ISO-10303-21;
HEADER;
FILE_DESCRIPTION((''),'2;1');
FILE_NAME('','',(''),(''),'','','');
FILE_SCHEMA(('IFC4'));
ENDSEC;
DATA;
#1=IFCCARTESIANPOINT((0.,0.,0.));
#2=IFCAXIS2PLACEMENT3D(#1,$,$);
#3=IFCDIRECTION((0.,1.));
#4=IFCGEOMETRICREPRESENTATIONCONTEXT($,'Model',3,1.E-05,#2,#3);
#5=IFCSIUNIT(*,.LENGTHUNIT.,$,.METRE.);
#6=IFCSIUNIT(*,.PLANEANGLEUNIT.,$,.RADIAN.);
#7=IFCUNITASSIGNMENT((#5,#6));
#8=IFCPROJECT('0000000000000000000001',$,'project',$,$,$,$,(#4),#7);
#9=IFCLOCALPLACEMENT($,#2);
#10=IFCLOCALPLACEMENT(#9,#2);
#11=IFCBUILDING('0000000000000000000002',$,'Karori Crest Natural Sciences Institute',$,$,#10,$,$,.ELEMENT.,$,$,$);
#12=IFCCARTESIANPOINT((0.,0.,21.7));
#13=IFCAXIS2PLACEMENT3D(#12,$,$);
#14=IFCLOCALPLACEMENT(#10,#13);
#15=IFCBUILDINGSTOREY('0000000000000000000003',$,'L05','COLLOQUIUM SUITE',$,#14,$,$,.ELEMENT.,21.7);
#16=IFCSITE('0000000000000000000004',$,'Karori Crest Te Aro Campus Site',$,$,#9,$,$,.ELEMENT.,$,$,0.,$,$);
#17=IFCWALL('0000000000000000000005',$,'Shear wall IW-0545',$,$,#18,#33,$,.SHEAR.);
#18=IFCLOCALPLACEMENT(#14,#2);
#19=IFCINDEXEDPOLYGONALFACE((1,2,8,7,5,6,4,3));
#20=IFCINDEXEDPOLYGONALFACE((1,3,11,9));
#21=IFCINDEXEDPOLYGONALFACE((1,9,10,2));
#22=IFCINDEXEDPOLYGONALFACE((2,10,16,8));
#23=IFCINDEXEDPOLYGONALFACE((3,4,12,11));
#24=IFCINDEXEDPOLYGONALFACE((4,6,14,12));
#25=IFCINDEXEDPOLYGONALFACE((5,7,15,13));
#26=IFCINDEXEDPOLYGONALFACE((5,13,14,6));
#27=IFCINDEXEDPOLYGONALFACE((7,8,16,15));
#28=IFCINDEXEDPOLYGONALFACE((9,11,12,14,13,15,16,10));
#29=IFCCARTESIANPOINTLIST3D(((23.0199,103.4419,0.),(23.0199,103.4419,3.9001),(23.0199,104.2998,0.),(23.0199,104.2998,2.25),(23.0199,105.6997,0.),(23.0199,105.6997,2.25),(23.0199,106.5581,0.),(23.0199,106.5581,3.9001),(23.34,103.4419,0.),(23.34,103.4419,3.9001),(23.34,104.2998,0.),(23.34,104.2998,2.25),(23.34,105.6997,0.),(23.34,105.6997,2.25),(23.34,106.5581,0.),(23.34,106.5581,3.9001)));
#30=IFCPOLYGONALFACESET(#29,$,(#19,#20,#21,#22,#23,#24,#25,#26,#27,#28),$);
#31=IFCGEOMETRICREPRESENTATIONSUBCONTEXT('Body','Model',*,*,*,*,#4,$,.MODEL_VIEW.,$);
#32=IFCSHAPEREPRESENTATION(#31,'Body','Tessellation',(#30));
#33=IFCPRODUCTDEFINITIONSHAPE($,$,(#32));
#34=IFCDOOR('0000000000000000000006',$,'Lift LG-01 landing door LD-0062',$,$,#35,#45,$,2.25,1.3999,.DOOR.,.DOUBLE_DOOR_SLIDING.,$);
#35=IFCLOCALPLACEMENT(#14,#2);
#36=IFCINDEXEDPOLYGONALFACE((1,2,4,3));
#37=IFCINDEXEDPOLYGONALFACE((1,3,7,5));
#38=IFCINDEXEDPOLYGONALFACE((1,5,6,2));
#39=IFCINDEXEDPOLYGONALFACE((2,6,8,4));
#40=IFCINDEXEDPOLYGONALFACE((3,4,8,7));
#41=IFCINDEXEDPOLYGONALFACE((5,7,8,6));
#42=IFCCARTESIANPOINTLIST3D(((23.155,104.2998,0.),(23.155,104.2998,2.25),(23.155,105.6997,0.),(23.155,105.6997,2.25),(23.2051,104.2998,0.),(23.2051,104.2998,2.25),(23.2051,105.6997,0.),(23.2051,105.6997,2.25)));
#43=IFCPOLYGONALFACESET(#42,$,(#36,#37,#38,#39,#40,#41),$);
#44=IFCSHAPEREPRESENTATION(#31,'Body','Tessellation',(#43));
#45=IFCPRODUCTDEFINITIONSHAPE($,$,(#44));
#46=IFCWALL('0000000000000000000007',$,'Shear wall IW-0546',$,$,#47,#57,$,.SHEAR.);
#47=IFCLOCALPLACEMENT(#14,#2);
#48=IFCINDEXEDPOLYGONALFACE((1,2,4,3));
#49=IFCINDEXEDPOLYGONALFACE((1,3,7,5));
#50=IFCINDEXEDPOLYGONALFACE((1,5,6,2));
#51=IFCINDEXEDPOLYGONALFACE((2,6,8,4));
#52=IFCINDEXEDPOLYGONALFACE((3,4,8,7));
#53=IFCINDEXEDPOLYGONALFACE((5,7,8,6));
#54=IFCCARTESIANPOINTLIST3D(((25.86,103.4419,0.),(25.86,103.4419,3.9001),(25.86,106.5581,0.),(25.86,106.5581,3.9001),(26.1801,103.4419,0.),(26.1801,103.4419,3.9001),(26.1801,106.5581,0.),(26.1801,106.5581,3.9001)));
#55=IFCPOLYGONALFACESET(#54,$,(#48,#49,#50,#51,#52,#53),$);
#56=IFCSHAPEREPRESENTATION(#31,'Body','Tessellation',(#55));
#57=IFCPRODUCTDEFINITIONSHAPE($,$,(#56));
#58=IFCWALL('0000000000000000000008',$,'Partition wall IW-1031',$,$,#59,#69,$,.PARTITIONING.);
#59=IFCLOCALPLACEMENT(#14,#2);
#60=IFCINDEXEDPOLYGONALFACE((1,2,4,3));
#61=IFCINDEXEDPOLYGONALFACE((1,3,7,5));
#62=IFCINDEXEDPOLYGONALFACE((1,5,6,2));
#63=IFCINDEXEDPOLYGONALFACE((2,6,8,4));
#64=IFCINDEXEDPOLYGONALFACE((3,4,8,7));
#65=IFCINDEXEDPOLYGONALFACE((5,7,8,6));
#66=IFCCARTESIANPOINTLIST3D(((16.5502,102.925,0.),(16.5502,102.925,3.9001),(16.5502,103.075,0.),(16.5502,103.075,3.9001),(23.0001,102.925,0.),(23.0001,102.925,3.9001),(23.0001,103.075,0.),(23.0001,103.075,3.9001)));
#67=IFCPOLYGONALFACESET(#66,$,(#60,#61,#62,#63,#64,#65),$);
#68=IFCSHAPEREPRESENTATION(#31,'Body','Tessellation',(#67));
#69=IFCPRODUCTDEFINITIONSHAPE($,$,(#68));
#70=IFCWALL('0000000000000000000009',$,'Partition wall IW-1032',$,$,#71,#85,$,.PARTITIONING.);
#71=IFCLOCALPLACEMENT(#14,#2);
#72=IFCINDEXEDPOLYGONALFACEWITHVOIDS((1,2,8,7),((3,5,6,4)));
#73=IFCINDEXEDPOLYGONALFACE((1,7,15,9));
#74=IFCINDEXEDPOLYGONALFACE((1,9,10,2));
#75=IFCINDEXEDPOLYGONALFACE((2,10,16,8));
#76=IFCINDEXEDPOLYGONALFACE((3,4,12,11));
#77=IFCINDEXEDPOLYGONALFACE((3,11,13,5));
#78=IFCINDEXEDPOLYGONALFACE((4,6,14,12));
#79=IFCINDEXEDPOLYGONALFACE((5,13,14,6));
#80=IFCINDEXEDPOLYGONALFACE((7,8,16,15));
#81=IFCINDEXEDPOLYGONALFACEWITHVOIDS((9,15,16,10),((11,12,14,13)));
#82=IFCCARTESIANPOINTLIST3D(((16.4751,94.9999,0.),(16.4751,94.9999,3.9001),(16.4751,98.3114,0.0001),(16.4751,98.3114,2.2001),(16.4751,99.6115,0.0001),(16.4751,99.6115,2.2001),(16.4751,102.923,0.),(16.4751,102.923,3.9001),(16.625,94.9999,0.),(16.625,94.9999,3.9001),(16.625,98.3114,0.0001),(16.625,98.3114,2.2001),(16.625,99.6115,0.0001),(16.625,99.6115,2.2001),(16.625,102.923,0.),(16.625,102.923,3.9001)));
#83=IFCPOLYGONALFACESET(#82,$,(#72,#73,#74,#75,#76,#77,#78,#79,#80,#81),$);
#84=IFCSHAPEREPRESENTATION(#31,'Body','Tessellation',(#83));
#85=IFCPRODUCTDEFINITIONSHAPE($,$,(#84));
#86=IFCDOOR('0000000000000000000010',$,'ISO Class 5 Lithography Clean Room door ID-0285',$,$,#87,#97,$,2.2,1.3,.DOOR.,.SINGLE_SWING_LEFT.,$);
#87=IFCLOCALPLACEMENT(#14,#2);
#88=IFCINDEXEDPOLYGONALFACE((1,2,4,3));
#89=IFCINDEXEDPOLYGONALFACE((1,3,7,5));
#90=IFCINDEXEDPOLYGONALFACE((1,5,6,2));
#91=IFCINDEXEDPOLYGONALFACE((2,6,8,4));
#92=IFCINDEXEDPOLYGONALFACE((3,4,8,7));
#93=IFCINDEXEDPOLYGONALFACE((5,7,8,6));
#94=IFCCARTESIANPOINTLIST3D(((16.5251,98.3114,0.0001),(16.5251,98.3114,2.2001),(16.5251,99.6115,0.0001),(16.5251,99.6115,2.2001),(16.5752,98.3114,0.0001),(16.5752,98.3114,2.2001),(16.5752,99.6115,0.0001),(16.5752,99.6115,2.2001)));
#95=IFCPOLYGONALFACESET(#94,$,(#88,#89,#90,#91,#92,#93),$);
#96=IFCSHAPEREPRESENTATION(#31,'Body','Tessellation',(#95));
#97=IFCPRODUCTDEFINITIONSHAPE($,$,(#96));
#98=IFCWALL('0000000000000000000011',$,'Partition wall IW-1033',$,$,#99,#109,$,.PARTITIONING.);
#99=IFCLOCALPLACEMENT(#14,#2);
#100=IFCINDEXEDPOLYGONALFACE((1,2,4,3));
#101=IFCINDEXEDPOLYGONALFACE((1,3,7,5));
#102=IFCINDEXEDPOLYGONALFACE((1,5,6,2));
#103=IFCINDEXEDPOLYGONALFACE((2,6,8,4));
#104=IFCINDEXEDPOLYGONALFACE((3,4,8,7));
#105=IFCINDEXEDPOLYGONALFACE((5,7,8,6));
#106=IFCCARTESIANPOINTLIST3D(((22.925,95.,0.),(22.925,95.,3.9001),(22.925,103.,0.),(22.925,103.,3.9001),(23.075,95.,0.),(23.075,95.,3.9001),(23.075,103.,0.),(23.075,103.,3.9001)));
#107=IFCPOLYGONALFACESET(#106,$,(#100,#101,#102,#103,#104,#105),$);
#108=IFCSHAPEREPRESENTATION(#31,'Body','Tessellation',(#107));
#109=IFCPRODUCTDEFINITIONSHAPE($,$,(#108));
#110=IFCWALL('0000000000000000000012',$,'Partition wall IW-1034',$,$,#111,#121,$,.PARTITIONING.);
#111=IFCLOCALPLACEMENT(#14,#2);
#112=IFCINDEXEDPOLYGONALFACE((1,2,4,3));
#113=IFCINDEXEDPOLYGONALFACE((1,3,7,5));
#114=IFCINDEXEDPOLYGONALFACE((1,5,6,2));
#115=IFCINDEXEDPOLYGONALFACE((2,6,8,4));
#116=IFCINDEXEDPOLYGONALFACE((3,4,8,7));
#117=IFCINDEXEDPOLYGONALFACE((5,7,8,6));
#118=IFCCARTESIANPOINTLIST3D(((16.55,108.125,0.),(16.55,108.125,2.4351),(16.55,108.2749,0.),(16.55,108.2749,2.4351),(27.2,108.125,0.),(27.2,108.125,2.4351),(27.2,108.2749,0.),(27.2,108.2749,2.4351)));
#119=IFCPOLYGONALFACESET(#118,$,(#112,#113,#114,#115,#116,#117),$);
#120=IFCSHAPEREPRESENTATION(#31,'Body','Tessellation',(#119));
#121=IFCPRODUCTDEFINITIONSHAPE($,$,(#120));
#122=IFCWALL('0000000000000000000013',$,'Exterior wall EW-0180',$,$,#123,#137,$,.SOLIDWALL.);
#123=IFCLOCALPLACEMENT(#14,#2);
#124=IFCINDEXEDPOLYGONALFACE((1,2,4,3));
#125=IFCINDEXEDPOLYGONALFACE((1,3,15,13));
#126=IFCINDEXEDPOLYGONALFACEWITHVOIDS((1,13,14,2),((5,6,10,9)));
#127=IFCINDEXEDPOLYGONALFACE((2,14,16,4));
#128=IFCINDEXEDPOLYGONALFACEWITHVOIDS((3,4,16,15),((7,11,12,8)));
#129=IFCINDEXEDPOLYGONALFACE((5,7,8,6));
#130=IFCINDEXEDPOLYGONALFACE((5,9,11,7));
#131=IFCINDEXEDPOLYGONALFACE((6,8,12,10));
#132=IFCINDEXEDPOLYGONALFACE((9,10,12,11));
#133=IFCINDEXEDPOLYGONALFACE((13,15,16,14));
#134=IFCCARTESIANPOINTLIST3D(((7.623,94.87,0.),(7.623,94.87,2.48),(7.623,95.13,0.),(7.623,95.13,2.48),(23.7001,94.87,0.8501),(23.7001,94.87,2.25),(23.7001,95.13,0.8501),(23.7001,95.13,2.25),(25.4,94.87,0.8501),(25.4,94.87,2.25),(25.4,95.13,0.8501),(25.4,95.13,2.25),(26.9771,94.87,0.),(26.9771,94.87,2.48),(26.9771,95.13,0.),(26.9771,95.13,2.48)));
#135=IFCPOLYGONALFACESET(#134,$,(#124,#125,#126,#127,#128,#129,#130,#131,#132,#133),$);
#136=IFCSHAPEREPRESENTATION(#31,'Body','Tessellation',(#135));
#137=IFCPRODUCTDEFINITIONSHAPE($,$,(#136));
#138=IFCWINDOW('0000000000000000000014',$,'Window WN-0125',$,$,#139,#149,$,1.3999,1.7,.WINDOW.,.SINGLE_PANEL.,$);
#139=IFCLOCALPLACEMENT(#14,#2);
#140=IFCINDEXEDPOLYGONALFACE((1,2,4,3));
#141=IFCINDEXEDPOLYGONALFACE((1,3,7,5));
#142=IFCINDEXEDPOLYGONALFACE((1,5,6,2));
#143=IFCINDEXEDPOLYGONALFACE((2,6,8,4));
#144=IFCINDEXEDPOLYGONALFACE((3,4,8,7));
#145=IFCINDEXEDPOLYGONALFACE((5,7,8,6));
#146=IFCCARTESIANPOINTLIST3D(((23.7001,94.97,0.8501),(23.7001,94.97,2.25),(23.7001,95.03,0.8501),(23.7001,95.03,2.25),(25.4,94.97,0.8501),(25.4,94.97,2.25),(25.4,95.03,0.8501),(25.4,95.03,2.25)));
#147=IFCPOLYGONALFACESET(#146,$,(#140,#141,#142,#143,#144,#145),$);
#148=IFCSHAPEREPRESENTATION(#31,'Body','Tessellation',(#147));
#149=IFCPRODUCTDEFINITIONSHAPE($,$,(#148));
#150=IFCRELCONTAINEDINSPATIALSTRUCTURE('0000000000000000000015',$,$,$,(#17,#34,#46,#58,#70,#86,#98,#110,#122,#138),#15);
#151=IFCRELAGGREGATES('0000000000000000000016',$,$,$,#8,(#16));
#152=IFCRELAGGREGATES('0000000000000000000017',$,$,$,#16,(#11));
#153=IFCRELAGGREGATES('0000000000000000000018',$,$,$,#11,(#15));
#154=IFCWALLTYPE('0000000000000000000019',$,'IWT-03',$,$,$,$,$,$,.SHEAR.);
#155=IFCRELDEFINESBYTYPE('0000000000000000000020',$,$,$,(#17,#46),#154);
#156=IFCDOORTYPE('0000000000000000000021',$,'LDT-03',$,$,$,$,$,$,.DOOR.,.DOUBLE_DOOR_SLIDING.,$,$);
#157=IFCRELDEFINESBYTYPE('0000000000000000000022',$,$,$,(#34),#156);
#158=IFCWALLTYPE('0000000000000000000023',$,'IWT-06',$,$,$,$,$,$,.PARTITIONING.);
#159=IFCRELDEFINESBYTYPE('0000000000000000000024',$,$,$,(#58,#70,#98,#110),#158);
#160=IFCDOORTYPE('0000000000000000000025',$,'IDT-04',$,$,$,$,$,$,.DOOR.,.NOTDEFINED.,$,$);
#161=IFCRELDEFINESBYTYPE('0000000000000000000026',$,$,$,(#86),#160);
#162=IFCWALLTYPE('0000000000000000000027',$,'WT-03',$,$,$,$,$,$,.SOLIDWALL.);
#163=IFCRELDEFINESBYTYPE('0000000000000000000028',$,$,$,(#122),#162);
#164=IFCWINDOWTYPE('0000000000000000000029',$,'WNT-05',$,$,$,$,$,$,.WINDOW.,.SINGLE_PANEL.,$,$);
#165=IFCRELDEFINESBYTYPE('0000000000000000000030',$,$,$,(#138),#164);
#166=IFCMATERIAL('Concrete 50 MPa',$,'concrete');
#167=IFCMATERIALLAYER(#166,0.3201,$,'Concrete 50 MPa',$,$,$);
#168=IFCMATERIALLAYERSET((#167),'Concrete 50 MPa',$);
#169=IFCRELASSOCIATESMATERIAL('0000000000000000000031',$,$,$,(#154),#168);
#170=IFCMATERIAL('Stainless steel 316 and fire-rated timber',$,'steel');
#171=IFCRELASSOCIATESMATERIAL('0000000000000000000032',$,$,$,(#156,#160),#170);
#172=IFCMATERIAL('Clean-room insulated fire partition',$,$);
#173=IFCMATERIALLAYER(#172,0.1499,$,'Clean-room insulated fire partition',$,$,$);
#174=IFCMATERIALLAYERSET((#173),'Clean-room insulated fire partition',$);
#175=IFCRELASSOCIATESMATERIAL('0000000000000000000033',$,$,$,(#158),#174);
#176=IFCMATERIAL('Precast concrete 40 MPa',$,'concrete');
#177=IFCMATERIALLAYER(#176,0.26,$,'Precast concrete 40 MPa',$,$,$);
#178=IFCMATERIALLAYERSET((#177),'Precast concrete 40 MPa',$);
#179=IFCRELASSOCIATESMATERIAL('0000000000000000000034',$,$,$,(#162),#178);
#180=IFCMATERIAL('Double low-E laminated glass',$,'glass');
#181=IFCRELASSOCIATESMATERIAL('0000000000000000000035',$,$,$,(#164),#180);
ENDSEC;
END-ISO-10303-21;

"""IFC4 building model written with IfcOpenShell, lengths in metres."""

from ifc_helpers import new_model, si_unit, direction, frame, frame_2d, origin, place, context, subcontext, project, spatial, rectangle, extrude, material, layer, layer_set, type_object, element, fill, save


model = new_model("IFC4")

# Units and contexts
model_context = context("Model", 3, precision=1e-05, world=origin(), true_north=direction((0.0, 1.0)))
body_context = subcontext(model_context, "Body", "Model", "MODEL_VIEW")
ifc_project = project(units=[si_unit("LENGTHUNIT", "METRE"), si_unit("PLANEANGLEUNIT", "RADIAN")], contexts=[model_context])

# Site, building, storey
site_placement = place(None, origin())
site = spatial("IfcSite", under=ifc_project, at=site_placement, Name="Karori Crest Te Aro Campus Site", CompositionType="ELEMENT", RefElevation=0.0)
building_placement = place(site_placement, origin())
building = spatial("IfcBuilding", under=site, at=building_placement, Name="Karori Crest Natural Sciences Institute", CompositionType="ELEMENT")
storey_placement = place(building_placement, frame((0.0, 0.0, 21.7)))
storey = spatial("IfcBuildingStorey", under=building, at=storey_placement, Name="L05", Description="COLLOQUIUM SUITE", CompositionType="ELEMENT", Elevation=21.7)

# Shared definitions
ifc_material_1 = material(Name="Concrete 50 MPa", Category="concrete")

# Shared definitions
ifc_layer_1 = layer(ifc_material_1, 0.3201, Name="Concrete 50 MPa")
ifc_layer_set_1 = layer_set([ifc_layer_1], Name="Concrete 50 MPa")
wall_type_1 = type_object("IfcWallType", Name="IWT-03", PredefinedType="SHEAR", material=ifc_layer_set_1)

# Wall, opening, door
wall_1_placement = place(storey_placement, frame((23.1799, 103.4419, 0.0), z_axis=(0.0, 0.0, 1.0), x_axis=(0.0, 1.0, 0.0)))
wall_1 = element("IfcWall", 1, at=wall_1_placement, inside=storey, type_object=wall_type_1, Name="Shear wall IW-0545", PredefinedType="SHEAR", context=body_context, shape_type="SweptSolid", body=[
    extrude(rectangle(XDim=3.1162, YDim=0.3201, at=frame_2d((1.5581, 0.0))), origin(), (0.0, 0.0, 1.0), 3.9001),
])
opening_1_placement = place(wall_1_placement, frame((0.8579, 0.0, 0.0)))
opening_1 = element("IfcOpeningElement", 2, at=opening_1_placement, cuts=wall_1, PredefinedType="OPENING", context=body_context, shape_type="SweptSolid", body=[
    extrude(rectangle(XDim=1.3999, YDim=2.25, at=frame_2d((0.7, 1.125))), frame((0.0, 0.1699, 0.0), z_axis=(0.0, -1.0, 0.0), x_axis=(1.0, 0.0, 0.0)), (0.0, 0.0, 1.0), 0.3401),
])
ifc_material_2 = material(Name="Stainless steel 316 and fire-rated timber", Category="steel")
door_type_1 = type_object("IfcDoorType", Name="LDT-03", OperationType="DOUBLE_DOOR_SLIDING", PredefinedType="DOOR", material=ifc_material_2)
door_1_placement = place(opening_1_placement, origin())
door_1 = element("IfcDoor", 3, at=door_1_placement, inside=storey, type_object=door_type_1, Name="Lift LG-01 landing door LD-0062", OperationType="DOUBLE_DOOR_SLIDING", OverallHeight=2.25, OverallWidth=1.3999, PredefinedType="DOOR", context=body_context, shape_type="SweptSolid", body=[
    extrude(rectangle(XDim=1.3999, YDim=2.25, at=frame_2d((0.7, 1.125))), frame((0.0, 0.0249, 0.0), z_axis=(0.0, -1.0, 0.0), x_axis=(1.0, 0.0, 0.0)), (0.0, 0.0, 1.0), 0.05),
])
fill(opening_1, door_1)

# Walls
wall_2_placement = place(storey_placement, frame((26.02, 103.4419, 0.0), z_axis=(0.0, 0.0, 1.0), x_axis=(0.0, 1.0, 0.0)))
element("IfcWall", 4, at=wall_2_placement, inside=storey, type_object=wall_type_1, Name="Shear wall IW-0546", PredefinedType="SHEAR", context=body_context, shape_type="SweptSolid", body=[
    extrude(rectangle(XDim=3.1162, YDim=0.3201, at=frame_2d((1.5581, 0.0))), origin(), (0.0, 0.0, 1.0), 3.9001),
])
ifc_material_3 = material(Name="Clean-room insulated fire partition")
ifc_layer_2 = layer(ifc_material_3, 0.1499, Name="Clean-room insulated fire partition")
ifc_layer_set_2 = layer_set([ifc_layer_2], Name="Clean-room insulated fire partition")
wall_type_2 = type_object("IfcWallType", Name="IWT-06", PredefinedType="PARTITIONING", material=ifc_layer_set_2)
wall_3_placement = place(storey_placement, frame((16.55, 103.0, 0.0), z_axis=(0.0, 0.0, 1.0), x_axis=(1.0, 0.0, 0.0)))
element("IfcWall", 5, at=wall_3_placement, inside=storey, type_object=wall_type_2, Name="Partition wall IW-1031", PredefinedType="PARTITIONING", context=body_context, shape_type="SweptSolid", body=[
    extrude(rectangle(XDim=6.45, YDim=0.1499, at=frame_2d((3.2251, 0.0))), origin(), (0.0, 0.0, 1.0), 3.9001),
])

# Wall, opening, door
wall_4_placement = place(storey_placement, frame((16.55, 95.0, 0.0), z_axis=(0.0, 0.0, 1.0), x_axis=(0.0, 1.0, 0.0)))
wall_4 = element("IfcWall", 6, at=wall_4_placement, inside=storey, type_object=wall_type_2, Name="Partition wall IW-1032", PredefinedType="PARTITIONING", context=body_context, shape_type="SweptSolid", body=[
    extrude(rectangle(XDim=7.9231, YDim=0.1499, at=frame_2d((3.9614, 0.0))), origin(), (0.0, 0.0, 1.0), 3.9001),
])
opening_2_placement = place(wall_4_placement, frame((3.3115, 0.0, 0.0)))
opening_2 = element("IfcOpeningElement", 7, at=opening_2_placement, cuts=wall_4, PredefinedType="OPENING", context=body_context, shape_type="SweptSolid", body=[
    extrude(rectangle(XDim=1.3, YDim=2.2, at=frame_2d((0.6499, 1.1001))), frame((0.0, 0.085, 0.0), z_axis=(0.0, -1.0, 0.0), x_axis=(1.0, 0.0, 0.0)), (0.0, 0.0, 1.0), 0.1699),
])
door_type_2 = type_object("IfcDoorType", Name="IDT-04", OperationType="NOTDEFINED", PredefinedType="DOOR", material=ifc_material_2)
door_2_placement = place(opening_2_placement, origin())
door_2 = element("IfcDoor", 8, at=door_2_placement, inside=storey, type_object=door_type_2, Name="ISO Class 5 Lithography Clean Room door ID-0285", OperationType="SINGLE_SWING_LEFT", OverallHeight=2.2, OverallWidth=1.3, PredefinedType="DOOR", context=body_context, shape_type="SweptSolid", body=[
    extrude(rectangle(XDim=1.3, YDim=2.2, at=frame_2d((0.6499, 1.1001))), frame((0.0, 0.0249, 0.0), z_axis=(0.0, -1.0, 0.0), x_axis=(1.0, 0.0, 0.0)), (0.0, 0.0, 1.0), 0.05),
])
fill(opening_2, door_2)

# Walls
wall_5_placement = place(storey_placement, frame((23.0, 95.0, 0.0), z_axis=(0.0, 0.0, 1.0), x_axis=(0.0, 1.0, 0.0)))
element("IfcWall", 9, at=wall_5_placement, inside=storey, type_object=wall_type_2, Name="Partition wall IW-1033", PredefinedType="PARTITIONING", context=body_context, shape_type="SweptSolid", body=[
    extrude(rectangle(XDim=8.0, YDim=0.1499, at=frame_2d((4.0, 0.0))), origin(), (0.0, 0.0, 1.0), 3.9001),
])
wall_6_placement = place(storey_placement, frame((16.55, 108.2, 0.0), z_axis=(0.0, 0.0, 1.0), x_axis=(1.0, 0.0, 0.0)))
element("IfcWall", 10, at=wall_6_placement, inside=storey, type_object=wall_type_2, Name="Partition wall IW-1034", PredefinedType="PARTITIONING", context=body_context, shape_type="SweptSolid", body=[
    extrude(rectangle(XDim=10.6499, YDim=0.1499, at=frame_2d((5.325, 0.0))), origin(), (0.0, 0.0, 1.0), 2.4351),
])

# Wall, opening, window
ifc_material_4 = material(Name="Precast concrete 40 MPa", Category="concrete")
ifc_layer_3 = layer(ifc_material_4, 0.26, Name="Precast concrete 40 MPa")
ifc_layer_set_3 = layer_set([ifc_layer_3], Name="Precast concrete 40 MPa")
wall_type_3 = type_object("IfcWallType", Name="WT-03", PredefinedType="SOLIDWALL", material=ifc_layer_set_3)
wall_7_placement = place(storey_placement, frame((26.9771, 95.0, 0.0), z_axis=(0.0, 0.0, 1.0), x_axis=(-1.0, 0.0, 0.0)))
wall_7 = element("IfcWall", 11, at=wall_7_placement, inside=storey, type_object=wall_type_3, Name="Exterior wall EW-0180", PredefinedType="SOLIDWALL", context=body_context, shape_type="SweptSolid", body=[
    extrude(rectangle(XDim=19.354, YDim=0.26, at=frame_2d((9.677, 0.0))), origin(), (0.0, 0.0, 1.0), 2.48),
])
opening_3_placement = place(wall_7_placement, frame((1.5769, 0.0, 0.8501)))
opening_3 = element("IfcOpeningElement", 12, at=opening_3_placement, cuts=wall_7, PredefinedType="OPENING", context=body_context, shape_type="SweptSolid", body=[
    extrude(rectangle(XDim=1.7, YDim=1.3999, at=frame_2d((0.8501, 0.7))), frame((0.0, 0.1401, 0.0), z_axis=(0.0, -1.0, 0.0), x_axis=(1.0, 0.0, 0.0)), (0.0, 0.0, 1.0), 0.28),
])
ifc_material_5 = material(Name="Double low-E laminated glass", Category="glass")
window_type = type_object("IfcWindowType", Name="WNT-05", PartitioningType="SINGLE_PANEL", PredefinedType="WINDOW", material=ifc_material_5)
window_placement = place(opening_3_placement, origin())
window = element("IfcWindow", 13, at=window_placement, inside=storey, type_object=window_type, Name="Window WN-0125", OverallHeight=1.3999, OverallWidth=1.7, PartitioningType="SINGLE_PANEL", PredefinedType="WINDOW", context=body_context, shape_type="SweptSolid", body=[
    extrude(rectangle(XDim=1.7, YDim=1.3999, at=frame_2d((0.8501, 0.7))), frame((0.0, 0.03, 0.0), z_axis=(0.0, -1.0, 0.0), x_axis=(1.0, 0.0, 0.0)), (0.0, 0.0, 1.0), 0.0601),
])
fill(opening_3, window)

save(model, "model.ifc")
